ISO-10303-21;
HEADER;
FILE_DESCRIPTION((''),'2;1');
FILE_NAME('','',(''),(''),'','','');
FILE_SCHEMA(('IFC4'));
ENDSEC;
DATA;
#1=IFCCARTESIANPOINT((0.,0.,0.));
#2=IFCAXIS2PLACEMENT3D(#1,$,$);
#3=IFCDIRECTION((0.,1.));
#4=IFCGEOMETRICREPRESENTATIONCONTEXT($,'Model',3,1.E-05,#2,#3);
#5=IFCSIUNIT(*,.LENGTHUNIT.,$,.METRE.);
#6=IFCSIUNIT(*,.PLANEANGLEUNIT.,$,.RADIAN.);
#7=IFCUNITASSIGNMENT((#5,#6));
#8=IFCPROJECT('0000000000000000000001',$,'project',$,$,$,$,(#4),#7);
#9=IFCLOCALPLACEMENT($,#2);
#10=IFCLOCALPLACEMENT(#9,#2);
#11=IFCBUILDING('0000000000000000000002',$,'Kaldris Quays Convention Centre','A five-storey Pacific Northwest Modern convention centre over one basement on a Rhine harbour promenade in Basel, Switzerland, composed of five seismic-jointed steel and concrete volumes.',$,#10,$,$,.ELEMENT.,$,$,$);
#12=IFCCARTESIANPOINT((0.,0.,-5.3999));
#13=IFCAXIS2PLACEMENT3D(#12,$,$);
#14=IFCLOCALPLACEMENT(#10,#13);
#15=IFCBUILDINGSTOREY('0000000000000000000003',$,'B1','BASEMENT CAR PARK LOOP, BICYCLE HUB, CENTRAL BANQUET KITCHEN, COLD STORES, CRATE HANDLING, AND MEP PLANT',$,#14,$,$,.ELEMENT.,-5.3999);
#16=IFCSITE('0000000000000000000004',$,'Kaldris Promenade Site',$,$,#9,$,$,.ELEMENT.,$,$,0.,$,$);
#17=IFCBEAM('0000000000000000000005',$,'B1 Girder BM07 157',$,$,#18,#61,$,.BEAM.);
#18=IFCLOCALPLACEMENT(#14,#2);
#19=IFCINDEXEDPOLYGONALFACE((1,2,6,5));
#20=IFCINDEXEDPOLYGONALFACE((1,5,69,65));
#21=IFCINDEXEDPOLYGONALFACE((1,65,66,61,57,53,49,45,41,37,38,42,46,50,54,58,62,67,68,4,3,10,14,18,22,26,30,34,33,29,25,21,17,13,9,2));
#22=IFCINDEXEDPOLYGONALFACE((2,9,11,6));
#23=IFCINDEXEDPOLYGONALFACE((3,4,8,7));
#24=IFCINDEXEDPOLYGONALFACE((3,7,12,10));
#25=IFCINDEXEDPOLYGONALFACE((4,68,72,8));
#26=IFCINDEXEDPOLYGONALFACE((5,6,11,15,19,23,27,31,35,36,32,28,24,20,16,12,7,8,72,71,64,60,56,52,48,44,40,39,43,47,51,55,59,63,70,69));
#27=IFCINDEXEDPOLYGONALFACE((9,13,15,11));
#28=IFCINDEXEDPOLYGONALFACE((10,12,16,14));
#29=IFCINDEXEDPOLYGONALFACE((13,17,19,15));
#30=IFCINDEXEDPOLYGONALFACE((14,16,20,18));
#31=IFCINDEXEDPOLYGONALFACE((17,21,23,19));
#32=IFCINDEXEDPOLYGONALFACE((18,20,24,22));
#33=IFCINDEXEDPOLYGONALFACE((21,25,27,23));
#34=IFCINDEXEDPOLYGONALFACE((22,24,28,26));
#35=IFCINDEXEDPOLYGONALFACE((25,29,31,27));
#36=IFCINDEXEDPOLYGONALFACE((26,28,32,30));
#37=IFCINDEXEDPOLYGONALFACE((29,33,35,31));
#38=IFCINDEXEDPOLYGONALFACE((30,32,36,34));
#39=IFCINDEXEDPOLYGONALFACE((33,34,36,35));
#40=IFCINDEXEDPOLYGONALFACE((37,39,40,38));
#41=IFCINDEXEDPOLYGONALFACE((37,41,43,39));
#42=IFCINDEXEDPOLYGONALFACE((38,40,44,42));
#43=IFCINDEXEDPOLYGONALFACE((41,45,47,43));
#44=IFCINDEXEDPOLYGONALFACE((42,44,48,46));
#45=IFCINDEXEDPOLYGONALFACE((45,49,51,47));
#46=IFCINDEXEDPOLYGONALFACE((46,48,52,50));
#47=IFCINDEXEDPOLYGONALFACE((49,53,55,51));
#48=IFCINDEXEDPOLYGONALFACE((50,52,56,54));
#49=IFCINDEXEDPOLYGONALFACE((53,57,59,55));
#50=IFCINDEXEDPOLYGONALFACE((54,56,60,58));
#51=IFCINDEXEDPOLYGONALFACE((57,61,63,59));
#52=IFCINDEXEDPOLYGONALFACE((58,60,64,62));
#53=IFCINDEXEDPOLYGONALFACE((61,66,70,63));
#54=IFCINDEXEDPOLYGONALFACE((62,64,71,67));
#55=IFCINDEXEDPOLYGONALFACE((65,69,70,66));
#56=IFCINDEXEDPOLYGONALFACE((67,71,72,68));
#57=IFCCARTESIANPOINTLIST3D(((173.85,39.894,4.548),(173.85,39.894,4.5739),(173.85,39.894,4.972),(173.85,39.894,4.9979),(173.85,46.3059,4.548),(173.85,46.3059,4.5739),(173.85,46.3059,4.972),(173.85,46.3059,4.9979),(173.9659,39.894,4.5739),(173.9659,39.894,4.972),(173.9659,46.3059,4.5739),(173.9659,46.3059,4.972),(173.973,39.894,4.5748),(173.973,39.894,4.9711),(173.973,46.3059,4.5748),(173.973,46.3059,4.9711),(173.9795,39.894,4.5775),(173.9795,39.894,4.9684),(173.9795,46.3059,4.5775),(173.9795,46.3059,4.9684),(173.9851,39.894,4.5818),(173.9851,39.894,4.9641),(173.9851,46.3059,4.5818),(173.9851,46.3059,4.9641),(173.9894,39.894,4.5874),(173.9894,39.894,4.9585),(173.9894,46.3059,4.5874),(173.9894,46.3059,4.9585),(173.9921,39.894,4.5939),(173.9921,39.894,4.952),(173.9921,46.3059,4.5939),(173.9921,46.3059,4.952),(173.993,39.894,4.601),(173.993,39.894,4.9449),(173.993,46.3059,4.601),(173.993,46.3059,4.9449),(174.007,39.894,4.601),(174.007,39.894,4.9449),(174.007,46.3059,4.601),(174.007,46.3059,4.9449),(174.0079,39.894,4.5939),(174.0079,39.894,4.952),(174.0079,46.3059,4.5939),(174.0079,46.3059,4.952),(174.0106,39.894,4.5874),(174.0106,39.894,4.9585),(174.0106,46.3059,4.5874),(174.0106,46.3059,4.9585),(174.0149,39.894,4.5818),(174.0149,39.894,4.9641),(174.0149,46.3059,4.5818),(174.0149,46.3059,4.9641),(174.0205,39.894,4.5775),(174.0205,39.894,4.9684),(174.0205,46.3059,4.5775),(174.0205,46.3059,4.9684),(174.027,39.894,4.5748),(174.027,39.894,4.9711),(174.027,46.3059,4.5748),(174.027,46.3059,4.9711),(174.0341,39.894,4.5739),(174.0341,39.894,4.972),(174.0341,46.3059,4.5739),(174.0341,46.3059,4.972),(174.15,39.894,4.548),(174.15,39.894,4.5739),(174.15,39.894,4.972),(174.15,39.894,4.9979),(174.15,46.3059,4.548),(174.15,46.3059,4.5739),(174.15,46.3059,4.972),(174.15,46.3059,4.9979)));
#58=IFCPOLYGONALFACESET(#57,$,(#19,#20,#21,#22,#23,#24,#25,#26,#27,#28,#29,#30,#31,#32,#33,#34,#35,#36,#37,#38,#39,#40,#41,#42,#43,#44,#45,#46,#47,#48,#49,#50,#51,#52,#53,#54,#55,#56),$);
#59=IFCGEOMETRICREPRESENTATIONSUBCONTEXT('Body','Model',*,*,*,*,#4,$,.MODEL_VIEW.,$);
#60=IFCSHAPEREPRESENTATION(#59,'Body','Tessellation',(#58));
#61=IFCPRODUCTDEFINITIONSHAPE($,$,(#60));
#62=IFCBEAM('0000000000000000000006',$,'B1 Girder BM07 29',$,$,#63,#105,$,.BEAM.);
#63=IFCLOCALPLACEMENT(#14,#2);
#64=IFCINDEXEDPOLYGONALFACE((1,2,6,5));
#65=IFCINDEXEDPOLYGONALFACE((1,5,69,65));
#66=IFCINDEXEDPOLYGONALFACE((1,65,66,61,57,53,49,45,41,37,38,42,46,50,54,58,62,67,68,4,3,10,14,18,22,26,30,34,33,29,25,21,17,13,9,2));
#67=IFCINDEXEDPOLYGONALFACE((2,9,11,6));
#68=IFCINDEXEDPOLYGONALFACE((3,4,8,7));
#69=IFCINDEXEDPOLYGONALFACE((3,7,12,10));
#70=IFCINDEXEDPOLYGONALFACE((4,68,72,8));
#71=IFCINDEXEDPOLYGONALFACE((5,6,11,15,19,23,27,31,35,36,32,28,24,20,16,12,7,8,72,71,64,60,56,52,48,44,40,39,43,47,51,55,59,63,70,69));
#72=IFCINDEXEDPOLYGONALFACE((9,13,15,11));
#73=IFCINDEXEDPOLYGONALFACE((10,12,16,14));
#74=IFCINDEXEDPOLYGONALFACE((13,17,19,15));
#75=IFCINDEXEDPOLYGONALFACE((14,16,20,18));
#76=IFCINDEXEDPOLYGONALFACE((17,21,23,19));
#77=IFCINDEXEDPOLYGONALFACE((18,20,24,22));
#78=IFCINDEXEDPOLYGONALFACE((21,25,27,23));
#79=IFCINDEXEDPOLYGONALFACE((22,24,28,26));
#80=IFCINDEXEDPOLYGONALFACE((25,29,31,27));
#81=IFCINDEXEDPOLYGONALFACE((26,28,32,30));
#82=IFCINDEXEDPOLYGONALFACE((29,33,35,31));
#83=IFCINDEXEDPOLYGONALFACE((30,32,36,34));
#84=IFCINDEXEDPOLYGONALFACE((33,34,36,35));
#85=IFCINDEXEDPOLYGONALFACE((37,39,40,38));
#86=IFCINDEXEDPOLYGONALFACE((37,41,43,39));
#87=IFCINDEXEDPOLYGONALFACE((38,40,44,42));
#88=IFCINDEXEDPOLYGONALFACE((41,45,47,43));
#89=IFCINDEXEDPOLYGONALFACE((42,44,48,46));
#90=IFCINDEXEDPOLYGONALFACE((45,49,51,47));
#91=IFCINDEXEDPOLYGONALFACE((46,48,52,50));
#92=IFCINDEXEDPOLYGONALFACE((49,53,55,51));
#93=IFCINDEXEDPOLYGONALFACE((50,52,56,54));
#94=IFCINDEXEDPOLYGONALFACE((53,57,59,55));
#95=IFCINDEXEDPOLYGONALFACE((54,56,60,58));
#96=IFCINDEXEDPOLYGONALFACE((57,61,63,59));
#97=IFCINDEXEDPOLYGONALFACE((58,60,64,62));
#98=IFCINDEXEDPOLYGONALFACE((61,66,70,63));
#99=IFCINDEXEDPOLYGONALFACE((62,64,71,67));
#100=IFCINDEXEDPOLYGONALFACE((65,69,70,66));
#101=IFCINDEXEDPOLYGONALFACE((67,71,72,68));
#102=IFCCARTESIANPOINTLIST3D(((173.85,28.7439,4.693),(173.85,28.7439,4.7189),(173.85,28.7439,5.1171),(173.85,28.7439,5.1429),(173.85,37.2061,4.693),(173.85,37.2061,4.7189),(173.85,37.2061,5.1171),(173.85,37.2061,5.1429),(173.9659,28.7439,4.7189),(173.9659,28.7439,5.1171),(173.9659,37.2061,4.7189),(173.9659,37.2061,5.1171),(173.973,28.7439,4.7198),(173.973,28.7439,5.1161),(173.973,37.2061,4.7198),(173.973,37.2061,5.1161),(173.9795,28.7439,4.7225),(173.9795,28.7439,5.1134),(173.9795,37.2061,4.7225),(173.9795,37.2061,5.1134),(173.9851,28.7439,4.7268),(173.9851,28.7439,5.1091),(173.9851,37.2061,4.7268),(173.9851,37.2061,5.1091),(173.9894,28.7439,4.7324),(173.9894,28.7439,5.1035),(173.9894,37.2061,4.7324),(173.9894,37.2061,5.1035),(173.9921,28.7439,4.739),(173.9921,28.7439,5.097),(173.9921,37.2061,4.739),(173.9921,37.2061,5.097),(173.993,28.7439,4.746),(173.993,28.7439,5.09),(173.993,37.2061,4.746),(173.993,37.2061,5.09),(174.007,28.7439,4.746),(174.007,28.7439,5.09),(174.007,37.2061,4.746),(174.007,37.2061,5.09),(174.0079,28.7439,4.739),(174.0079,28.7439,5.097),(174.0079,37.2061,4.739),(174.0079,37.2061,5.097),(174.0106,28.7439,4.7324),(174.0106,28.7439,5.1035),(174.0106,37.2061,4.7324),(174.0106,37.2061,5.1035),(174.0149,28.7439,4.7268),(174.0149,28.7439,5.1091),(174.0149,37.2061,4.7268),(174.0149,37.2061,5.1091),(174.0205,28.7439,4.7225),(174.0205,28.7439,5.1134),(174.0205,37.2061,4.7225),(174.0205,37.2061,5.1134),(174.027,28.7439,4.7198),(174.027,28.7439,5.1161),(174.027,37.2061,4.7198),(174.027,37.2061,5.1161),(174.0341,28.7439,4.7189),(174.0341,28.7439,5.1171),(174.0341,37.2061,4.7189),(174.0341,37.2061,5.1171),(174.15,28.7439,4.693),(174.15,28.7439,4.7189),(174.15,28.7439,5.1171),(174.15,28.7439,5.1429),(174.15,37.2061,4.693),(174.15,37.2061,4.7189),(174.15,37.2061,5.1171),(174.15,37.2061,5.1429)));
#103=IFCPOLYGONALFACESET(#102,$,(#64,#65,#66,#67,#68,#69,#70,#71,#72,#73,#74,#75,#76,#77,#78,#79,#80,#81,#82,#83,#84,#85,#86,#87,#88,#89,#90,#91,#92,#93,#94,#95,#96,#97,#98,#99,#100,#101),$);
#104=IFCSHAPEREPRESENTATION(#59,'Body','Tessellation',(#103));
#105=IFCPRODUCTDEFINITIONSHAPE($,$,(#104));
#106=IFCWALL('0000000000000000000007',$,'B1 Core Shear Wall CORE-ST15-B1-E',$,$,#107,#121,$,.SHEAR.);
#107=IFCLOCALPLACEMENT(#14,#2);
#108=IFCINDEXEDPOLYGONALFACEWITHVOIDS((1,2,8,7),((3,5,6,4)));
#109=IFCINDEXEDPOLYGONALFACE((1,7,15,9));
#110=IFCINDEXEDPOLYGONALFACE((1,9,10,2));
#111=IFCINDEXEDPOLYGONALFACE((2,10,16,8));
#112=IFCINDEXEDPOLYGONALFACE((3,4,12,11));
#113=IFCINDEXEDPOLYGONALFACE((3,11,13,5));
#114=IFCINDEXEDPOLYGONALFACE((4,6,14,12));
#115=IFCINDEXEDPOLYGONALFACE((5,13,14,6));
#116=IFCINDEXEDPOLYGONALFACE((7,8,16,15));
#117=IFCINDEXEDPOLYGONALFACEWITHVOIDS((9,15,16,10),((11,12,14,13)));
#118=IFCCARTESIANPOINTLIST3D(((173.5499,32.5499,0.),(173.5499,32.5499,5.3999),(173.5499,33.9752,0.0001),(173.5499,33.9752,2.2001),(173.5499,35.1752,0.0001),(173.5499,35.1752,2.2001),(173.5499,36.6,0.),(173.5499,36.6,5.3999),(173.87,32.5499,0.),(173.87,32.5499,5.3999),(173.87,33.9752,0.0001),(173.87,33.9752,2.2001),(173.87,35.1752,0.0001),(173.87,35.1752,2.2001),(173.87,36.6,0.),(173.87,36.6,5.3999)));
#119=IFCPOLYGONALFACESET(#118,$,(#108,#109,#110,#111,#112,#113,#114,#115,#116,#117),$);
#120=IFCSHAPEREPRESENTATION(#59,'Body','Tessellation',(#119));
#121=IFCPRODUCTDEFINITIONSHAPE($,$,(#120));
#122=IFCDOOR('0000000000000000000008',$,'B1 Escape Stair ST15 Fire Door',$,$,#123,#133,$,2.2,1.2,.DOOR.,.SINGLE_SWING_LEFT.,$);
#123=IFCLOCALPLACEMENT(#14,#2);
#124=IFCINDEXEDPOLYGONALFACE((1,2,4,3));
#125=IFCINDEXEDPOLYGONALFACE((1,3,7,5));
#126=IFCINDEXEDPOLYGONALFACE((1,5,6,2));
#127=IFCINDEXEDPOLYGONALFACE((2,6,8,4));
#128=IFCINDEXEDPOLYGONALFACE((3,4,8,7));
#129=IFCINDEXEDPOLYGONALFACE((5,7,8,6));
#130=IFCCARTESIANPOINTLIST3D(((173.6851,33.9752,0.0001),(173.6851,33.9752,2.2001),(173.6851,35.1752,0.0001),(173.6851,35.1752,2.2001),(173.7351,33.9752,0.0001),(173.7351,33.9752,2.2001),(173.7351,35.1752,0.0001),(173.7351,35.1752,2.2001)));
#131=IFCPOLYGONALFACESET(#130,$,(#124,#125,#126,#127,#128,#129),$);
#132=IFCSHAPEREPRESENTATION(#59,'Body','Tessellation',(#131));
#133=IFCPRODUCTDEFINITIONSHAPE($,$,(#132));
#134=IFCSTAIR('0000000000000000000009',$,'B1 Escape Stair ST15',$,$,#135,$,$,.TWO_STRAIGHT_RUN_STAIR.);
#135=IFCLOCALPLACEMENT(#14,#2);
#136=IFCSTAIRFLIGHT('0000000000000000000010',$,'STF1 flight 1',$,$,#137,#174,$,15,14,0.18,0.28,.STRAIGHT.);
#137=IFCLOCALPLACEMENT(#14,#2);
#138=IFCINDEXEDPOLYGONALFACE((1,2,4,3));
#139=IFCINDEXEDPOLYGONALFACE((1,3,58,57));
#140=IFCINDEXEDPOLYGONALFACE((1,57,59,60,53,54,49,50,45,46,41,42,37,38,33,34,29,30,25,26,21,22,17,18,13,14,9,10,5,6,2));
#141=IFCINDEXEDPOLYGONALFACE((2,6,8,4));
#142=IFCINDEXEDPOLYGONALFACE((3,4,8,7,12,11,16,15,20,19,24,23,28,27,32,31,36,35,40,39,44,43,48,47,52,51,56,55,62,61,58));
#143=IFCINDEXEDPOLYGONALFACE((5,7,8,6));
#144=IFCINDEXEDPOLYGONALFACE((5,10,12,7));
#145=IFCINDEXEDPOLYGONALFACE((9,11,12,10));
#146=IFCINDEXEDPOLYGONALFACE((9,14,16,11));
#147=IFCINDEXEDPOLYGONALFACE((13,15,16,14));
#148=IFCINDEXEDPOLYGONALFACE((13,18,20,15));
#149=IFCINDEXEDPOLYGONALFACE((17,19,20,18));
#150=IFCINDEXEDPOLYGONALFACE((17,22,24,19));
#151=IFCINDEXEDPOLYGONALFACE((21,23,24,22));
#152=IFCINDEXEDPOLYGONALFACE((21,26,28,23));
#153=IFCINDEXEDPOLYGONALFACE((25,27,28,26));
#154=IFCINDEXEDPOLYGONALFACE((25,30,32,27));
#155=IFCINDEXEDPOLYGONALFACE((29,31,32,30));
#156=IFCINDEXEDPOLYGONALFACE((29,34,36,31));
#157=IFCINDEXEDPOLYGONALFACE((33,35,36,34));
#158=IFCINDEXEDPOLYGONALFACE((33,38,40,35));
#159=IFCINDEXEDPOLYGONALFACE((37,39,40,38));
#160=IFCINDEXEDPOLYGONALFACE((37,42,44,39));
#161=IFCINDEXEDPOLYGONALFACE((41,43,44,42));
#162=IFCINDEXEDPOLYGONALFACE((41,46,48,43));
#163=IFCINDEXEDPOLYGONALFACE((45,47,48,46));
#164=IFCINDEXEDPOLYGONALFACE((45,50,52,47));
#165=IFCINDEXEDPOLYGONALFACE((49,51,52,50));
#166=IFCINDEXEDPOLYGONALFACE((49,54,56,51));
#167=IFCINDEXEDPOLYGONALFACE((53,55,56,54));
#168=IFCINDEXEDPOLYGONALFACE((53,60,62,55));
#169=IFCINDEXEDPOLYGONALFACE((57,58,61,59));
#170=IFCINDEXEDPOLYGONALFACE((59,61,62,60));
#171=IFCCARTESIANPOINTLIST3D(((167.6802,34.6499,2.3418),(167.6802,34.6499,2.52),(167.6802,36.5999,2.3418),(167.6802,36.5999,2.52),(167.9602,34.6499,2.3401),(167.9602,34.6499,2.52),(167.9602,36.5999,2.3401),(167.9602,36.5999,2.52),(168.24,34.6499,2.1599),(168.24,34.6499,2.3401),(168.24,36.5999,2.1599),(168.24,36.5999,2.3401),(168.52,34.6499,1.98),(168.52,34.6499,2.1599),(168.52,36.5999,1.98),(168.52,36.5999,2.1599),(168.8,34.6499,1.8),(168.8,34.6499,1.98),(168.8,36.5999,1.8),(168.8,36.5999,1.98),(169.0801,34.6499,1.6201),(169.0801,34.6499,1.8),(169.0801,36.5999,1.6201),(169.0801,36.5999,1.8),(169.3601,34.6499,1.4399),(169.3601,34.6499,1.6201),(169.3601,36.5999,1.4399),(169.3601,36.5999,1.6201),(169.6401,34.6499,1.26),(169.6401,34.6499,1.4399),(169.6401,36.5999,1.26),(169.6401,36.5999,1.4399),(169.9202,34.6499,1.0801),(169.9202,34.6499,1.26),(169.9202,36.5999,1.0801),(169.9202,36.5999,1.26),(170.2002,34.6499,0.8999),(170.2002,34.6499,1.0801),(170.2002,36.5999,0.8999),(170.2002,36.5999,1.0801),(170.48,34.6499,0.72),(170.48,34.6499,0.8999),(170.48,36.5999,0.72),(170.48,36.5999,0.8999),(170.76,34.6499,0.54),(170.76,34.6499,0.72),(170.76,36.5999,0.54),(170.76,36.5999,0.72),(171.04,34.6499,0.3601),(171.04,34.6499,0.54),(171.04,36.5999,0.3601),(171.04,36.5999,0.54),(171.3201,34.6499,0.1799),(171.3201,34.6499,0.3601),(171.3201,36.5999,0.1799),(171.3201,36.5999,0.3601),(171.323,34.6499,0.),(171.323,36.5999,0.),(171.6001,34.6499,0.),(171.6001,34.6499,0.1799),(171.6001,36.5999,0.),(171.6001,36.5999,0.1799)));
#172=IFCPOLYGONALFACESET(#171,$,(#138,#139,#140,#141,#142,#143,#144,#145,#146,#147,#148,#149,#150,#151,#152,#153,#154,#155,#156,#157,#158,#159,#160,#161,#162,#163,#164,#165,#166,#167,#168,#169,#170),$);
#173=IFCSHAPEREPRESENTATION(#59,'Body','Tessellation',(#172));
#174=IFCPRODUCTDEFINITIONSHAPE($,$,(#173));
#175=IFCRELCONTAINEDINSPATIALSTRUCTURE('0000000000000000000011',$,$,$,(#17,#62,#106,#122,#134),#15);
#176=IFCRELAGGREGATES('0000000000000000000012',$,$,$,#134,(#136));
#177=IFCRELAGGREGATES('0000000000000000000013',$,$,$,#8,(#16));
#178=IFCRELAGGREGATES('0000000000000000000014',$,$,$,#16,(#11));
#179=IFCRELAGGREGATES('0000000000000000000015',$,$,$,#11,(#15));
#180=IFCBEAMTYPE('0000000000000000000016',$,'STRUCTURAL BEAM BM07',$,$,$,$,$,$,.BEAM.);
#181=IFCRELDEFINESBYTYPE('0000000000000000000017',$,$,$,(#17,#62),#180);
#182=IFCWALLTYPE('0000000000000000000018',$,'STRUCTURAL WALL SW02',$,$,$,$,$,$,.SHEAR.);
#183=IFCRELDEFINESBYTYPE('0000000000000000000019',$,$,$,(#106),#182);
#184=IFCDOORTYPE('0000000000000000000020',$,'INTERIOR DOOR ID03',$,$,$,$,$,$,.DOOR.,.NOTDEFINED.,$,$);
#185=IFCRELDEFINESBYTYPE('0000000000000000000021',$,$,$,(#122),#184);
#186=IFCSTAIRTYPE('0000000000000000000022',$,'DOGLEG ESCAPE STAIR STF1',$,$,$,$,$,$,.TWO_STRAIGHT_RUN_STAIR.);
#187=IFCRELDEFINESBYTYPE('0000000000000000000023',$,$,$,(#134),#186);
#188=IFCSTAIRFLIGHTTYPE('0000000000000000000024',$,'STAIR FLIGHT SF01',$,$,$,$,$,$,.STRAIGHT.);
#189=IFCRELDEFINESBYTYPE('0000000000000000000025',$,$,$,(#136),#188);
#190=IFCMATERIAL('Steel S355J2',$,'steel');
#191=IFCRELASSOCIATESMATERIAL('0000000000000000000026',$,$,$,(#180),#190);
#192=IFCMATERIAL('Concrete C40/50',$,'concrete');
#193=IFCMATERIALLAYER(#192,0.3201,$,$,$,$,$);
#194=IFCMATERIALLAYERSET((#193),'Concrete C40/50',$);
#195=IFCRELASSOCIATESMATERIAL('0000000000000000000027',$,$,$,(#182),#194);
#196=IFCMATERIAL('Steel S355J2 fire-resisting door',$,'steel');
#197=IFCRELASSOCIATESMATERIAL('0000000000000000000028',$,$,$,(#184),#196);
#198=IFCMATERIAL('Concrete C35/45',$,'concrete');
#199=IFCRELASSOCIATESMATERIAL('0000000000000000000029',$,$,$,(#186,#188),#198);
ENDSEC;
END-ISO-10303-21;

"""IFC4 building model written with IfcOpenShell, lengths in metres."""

from ifc_helpers import new_model, si_unit, direction, frame, frame_2d, origin, origin_2d, place, context, subcontext, project, spatial, polyline, rectangle, i_section, outline, extrude, material, layer, layer_set, material_profile, profile_set, type_object, element, fill, aggregate, save


model = new_model("IFC4")

# Units and contexts
model_context = context("Model", 3, precision=1e-05, world=origin(), true_north=direction((0.0, 1.0)))
body_context = subcontext(model_context, "Body", "Model", "MODEL_VIEW")
ifc_project = project(units=[si_unit("LENGTHUNIT", "METRE"), si_unit("PLANEANGLEUNIT", "RADIAN")], contexts=[model_context])

# Site, building, storey
site_placement = place(None, origin())
site = spatial("IfcSite", under=ifc_project, at=site_placement, Name="Kaldris Promenade Site", CompositionType="ELEMENT", RefElevation=0.0)
building_placement = place(site_placement, origin())
building = spatial("IfcBuilding", under=site, at=building_placement, Name="Kaldris Quays Convention Centre", Description="A five-storey Pacific Northwest Modern convention centre over one basement on a Rhine harbour promenade in Basel, Switzerland, composed of five seismic-jointed steel and concrete volumes.", CompositionType="ELEMENT")
storey_placement = place(building_placement, frame((0.0, 0.0, -5.3999)))
storey = spatial("IfcBuildingStorey", under=building, at=storey_placement, Name="B1", Description="BASEMENT CAR PARK LOOP, BICYCLE HUB, CENTRAL BANQUET KITCHEN, COLD STORES, CRATE HANDLING, AND MEP PLANT", CompositionType="ELEMENT", Elevation=-5.3999)

# Shared definitions
ifc_material_1 = material(Name="Concrete C35/45", Category="concrete")

# Shared definitions
ifc_material_2 = material(Name="Steel S355J2", Category="steel")
ifc_material_3 = material(Name="Concrete C40/50", Category="concrete")

# Beams
ifc_material_profile_1 = material_profile(ifc_material_2, i_section(OverallWidth=0.3, OverallDepth=0.45, WebThickness=0.0139, FlangeThickness=0.0259, FilletRadius=0.0271, at=origin_2d()), Name="HEB 450")
ifc_profile_set_1 = profile_set([ifc_material_profile_1], Name="Steel S355J2")
beam_type_1 = type_object("IfcBeamType", Name="STRUCTURAL BEAM BM07", PredefinedType="BEAM", material=ifc_profile_set_1)
beam_1_placement = place(storey_placement, frame((174.0, 39.894, 4.7729), z_axis=(0.0, 1.0, 0.0), x_axis=(-1.0, 0.0, 0.0)))
element("IfcBeam", 1, at=beam_1_placement, inside=storey, type_object=beam_type_1, Name="B1 Girder BM07 157", PredefinedType="BEAM", context=body_context, shape_type="SweptSolid", body=[
    extrude(i_section(OverallWidth=0.3, OverallDepth=0.45, WebThickness=0.0139, FlangeThickness=0.0259, FilletRadius=0.0271, at=origin_2d()), origin(), (0.0, 0.0, 1.0), 6.4119),
])
beam_2_placement = place(storey_placement, frame((174.0, 28.7439, 4.918), z_axis=(0.0, 1.0, 0.0), x_axis=(-1.0, 0.0, 0.0)))
element("IfcBeam", 2, at=beam_2_placement, inside=storey, type_object=beam_type_1, Name="B1 Girder BM07 29", PredefinedType="BEAM", context=body_context, shape_type="SweptSolid", body=[
    extrude(i_section(OverallWidth=0.3, OverallDepth=0.45, WebThickness=0.0139, FlangeThickness=0.0259, FilletRadius=0.0271, at=origin_2d()), origin(), (0.0, 0.0, 1.0), 8.4622),
])

# Wall, opening, door
ifc_layer = layer(ifc_material_3, 0.3201)
ifc_layer_set = layer_set([ifc_layer], Name="Concrete C40/50")
wall_type = type_object("IfcWallType", Name="STRUCTURAL WALL SW02", PredefinedType="SHEAR", material=ifc_layer_set)
wall_placement = place(storey_placement, frame((173.71, 32.55, 0.0), z_axis=(0.0, 0.0, 1.0), x_axis=(0.0, 1.0, 0.0)))
wall = element("IfcWall", 3, at=wall_placement, inside=storey, type_object=wall_type, Name="B1 Core Shear Wall CORE-ST15-B1-E", PredefinedType="SHEAR", context=body_context, shape_type="SweptSolid", body=[
    extrude(rectangle(XDim=4.05, YDim=0.3201, at=frame_2d((2.0249, 0.0))), origin(), (0.0, 0.0, 1.0), 5.3999),
])
opening_placement = place(wall_placement, frame((1.425, 0.0, 0.0)))
opening = element("IfcOpeningElement", 4, at=opening_placement, cuts=wall, PredefinedType="OPENING", context=body_context, shape_type="SweptSolid", body=[
    extrude(rectangle(XDim=1.2, YDim=2.2, at=frame_2d((0.6001, 1.1001))), frame((0.0, 0.1699, 0.0), z_axis=(0.0, -1.0, 0.0), x_axis=(1.0, 0.0, 0.0)), (0.0, 0.0, 1.0), 0.3401),
])
ifc_material_4 = material(Name="Steel S355J2 fire-resisting door", Category="steel")
door_type = type_object("IfcDoorType", Name="INTERIOR DOOR ID03", OperationType="NOTDEFINED", PredefinedType="DOOR", material=ifc_material_4)
door_placement = place(opening_placement, origin())
door = element("IfcDoor", 5, at=door_placement, inside=storey, type_object=door_type, Name="B1 Escape Stair ST15 Fire Door", OperationType="SINGLE_SWING_LEFT", OverallHeight=2.2, OverallWidth=1.2, PredefinedType="DOOR", context=body_context, shape_type="SweptSolid", body=[
    extrude(rectangle(XDim=1.2, YDim=2.2, at=frame_2d((0.6001, 1.1001))), frame((0.0, 0.0249, 0.0), z_axis=(0.0, -1.0, 0.0), x_axis=(1.0, 0.0, 0.0)), (0.0, 0.0, 1.0), 0.05),
])
fill(opening, door)

# Stair, stair flight
stair_type = type_object("IfcStairType", Name="DOGLEG ESCAPE STAIR STF1", PredefinedType="TWO_STRAIGHT_RUN_STAIR", material=ifc_material_1)
stair_placement = place(storey_placement, origin())
stair = element("IfcStair", 6, at=stair_placement, inside=storey, type_object=stair_type, Name="B1 Escape Stair ST15", PredefinedType="TWO_STRAIGHT_RUN_STAIR")
stair_flight_type = type_object("IfcStairFlightType", Name="STAIR FLIGHT SF01", PredefinedType="STRAIGHT", material=ifc_material_1)
stair_flight_1_placement = place(storey_placement, frame((171.6001, 35.625, 0.0), z_axis=(0.0, 0.0, 1.0), x_axis=(-1.0, 0.0, 0.0)))
stair_flight_1 = element("IfcStairFlight", 7, at=stair_flight_1_placement, type_object=stair_flight_type, Name="STF1 flight 1", NumberOfRisers=15, NumberOfTreads=14, PredefinedType="STRAIGHT", RiserHeight=0.18, TreadLength=0.28, context=body_context, shape_type="SweptSolid", body=[
    extrude(outline(polyline([(0.0, 0.0), (0.0, 0.1799), (0.28, 0.1799), (0.28, 0.3601), (0.5601, 0.3601), (0.5601, 0.54), (0.8401, 0.54), (0.8401, 0.72), (1.1201, 0.72), (1.1201, 0.8999), (1.3999, 0.8999), (1.3999, 1.0801), (1.6799, 1.0801), (1.6799, 1.26), (1.96, 1.26), (1.96, 1.4399), (2.24, 1.4399), (2.24, 1.6201), (2.52, 1.6201), (2.52, 1.8), (2.8, 1.8), (2.8, 1.98), (3.0801, 1.98), (3.0801, 2.1599), (3.3601, 2.1599), (3.3601, 2.3401), (3.6399, 2.3401), (3.6399, 2.52), (3.9199, 2.52), (3.9199, 2.7), (3.9199, 2.3418), (0.2771, 0.0), (0.0, 0.0)])), frame((0.0, 0.9751, 0.0), z_axis=(0.0, -1.0, 0.0), x_axis=(1.0, 0.0, 0.0)), (0.0, 0.0, 1.0), 1.95),
])
aggregate(stair, [stair_flight_1])

save(model, "model.ifc")
